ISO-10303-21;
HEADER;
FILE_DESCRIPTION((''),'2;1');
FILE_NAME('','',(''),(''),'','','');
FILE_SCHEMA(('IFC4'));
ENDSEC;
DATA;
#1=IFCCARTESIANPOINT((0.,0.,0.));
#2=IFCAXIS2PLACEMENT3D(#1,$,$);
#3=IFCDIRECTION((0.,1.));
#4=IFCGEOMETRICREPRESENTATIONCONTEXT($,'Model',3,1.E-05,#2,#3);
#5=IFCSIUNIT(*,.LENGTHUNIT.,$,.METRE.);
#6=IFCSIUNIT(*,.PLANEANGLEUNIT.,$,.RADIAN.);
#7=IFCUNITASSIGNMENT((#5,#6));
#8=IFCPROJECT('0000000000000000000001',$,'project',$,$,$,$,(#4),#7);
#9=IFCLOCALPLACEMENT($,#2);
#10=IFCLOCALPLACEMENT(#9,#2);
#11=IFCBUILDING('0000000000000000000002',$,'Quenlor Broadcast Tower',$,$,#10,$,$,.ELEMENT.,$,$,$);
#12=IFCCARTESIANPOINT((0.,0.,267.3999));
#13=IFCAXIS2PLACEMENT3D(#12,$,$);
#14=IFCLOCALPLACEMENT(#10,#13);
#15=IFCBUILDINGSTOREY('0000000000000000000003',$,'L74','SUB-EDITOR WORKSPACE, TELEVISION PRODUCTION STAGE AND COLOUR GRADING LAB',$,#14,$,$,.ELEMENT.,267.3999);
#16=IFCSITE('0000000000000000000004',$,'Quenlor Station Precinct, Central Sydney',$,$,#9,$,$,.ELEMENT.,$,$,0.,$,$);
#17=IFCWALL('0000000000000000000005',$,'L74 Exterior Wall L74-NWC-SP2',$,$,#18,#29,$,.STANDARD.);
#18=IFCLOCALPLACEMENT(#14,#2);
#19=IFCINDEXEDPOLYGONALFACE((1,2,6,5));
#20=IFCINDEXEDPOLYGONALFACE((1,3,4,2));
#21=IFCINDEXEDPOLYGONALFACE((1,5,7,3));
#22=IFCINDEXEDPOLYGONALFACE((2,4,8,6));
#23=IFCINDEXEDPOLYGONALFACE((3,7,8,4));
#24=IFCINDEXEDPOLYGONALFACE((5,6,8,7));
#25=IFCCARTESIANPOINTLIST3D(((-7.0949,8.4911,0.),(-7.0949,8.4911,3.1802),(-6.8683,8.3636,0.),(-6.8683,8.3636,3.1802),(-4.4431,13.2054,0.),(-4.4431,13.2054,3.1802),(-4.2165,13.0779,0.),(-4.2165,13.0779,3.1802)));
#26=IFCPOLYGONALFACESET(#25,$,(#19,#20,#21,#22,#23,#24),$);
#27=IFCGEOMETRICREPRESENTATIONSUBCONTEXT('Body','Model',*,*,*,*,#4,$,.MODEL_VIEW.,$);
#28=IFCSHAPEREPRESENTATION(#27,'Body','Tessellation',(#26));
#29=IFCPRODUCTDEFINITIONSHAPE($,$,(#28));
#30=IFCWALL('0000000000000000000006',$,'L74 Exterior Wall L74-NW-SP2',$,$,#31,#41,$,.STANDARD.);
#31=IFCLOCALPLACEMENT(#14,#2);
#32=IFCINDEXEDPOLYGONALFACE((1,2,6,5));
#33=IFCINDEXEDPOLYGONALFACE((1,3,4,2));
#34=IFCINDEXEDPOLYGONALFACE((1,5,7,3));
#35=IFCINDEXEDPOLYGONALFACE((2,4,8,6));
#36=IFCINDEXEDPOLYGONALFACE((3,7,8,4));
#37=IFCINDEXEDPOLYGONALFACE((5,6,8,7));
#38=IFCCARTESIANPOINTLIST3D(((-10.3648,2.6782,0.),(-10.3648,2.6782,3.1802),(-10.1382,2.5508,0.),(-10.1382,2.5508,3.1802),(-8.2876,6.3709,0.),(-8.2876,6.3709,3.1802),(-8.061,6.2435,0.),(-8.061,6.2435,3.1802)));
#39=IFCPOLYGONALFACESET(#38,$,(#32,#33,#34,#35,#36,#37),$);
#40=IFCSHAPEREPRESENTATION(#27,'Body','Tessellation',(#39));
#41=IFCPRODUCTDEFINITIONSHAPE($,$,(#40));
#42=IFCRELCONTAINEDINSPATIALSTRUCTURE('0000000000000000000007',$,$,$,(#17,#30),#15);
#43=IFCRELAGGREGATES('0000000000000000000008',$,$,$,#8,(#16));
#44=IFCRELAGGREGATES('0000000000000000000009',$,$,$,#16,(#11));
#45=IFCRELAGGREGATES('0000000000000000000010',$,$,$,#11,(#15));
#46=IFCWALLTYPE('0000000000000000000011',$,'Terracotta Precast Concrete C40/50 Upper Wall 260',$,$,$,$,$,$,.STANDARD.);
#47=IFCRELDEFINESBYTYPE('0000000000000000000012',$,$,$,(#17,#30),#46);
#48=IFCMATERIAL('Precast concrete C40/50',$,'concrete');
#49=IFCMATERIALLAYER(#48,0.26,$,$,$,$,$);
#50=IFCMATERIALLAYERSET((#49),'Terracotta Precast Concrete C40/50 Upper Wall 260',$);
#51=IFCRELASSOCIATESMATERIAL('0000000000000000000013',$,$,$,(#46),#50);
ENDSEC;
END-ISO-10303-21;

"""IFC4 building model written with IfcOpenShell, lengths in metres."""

from ifc_helpers import new_model, si_unit, direction, frame, frame_2d, origin, place, context, subcontext, project, spatial, rectangle, extrude, material, layer, layer_set, type_object, element, save


model = new_model("IFC4")

# Units and contexts
model_context = context("Model", 3, precision=1e-05, world=origin(), true_north=direction((0.0, 1.0)))
body_context = subcontext(model_context, "Body", "Model", "MODEL_VIEW")
ifc_project = project(units=[si_unit("LENGTHUNIT", "METRE"), si_unit("PLANEANGLEUNIT", "RADIAN")], contexts=[model_context])

# Site, building, storey
site_placement = place(None, origin())
site = spatial("IfcSite", under=ifc_project, at=site_placement, Name="Quenlor Station Precinct, Central Sydney", CompositionType="ELEMENT", RefElevation=0.0)
building_placement = place(site_placement, origin())
building = spatial("IfcBuilding", under=site, at=building_placement, Name="Quenlor Broadcast Tower", CompositionType="ELEMENT")
storey_placement = place(building_placement, frame((0.0, 0.0, 267.3999)))
storey = spatial("IfcBuildingStorey", under=building, at=storey_placement, Name="L74", Description="SUB-EDITOR WORKSPACE, TELEVISION PRODUCTION STAGE AND COLOUR GRADING LAB", CompositionType="ELEMENT", Elevation=267.3999)

# Walls
ifc_material_1 = material(Name="Precast concrete C40/50", Category="concrete")
ifc_layer_1 = layer(ifc_material_1, 0.26)
ifc_layer_set_1 = layer_set([ifc_layer_1], Name="Terracotta Precast Concrete C40/50 Upper Wall 260")
wall_type_1 = type_object("IfcWallType", Name="Terracotta Precast Concrete C40/50 Upper Wall 260", PredefinedType="STANDARD", material=ifc_layer_set_1)
wall_1_placement = place(storey_placement, frame((-6.9817, 8.4272, 0.0), z_axis=(0.0, 0.0, 1.0), x_axis=(0.490266, 0.871573, 0.0)))
element("IfcWall", 1, at=wall_1_placement, inside=storey, type_object=wall_type_1, Name="L74 Exterior Wall L74-NWC-SP2", PredefinedType="STANDARD", context=body_context, shape_type="SweptSolid", body=[
    extrude(rectangle(XDim=5.4089, YDim=0.26, at=frame_2d((2.7046, 0.0))), origin(), (0.0, 0.0, 1.0), 3.1802),
])
wall_2_placement = place(storey_placement, frame((-10.2515, 2.6145, 0.0), z_axis=(0.0, 0.0, 1.0), x_axis=(0.490269, 0.871571, 0.0)))
element("IfcWall", 2, at=wall_2_placement, inside=storey, type_object=wall_type_1, Name="L74 Exterior Wall L74-NW-SP2", PredefinedType="STANDARD", context=body_context, shape_type="SweptSolid", body=[
    extrude(rectangle(XDim=4.2368, YDim=0.26, at=frame_2d((2.1184, 0.0))), origin(), (0.0, 0.0, 1.0), 3.1802),
])

save(model, "model.ifc")
